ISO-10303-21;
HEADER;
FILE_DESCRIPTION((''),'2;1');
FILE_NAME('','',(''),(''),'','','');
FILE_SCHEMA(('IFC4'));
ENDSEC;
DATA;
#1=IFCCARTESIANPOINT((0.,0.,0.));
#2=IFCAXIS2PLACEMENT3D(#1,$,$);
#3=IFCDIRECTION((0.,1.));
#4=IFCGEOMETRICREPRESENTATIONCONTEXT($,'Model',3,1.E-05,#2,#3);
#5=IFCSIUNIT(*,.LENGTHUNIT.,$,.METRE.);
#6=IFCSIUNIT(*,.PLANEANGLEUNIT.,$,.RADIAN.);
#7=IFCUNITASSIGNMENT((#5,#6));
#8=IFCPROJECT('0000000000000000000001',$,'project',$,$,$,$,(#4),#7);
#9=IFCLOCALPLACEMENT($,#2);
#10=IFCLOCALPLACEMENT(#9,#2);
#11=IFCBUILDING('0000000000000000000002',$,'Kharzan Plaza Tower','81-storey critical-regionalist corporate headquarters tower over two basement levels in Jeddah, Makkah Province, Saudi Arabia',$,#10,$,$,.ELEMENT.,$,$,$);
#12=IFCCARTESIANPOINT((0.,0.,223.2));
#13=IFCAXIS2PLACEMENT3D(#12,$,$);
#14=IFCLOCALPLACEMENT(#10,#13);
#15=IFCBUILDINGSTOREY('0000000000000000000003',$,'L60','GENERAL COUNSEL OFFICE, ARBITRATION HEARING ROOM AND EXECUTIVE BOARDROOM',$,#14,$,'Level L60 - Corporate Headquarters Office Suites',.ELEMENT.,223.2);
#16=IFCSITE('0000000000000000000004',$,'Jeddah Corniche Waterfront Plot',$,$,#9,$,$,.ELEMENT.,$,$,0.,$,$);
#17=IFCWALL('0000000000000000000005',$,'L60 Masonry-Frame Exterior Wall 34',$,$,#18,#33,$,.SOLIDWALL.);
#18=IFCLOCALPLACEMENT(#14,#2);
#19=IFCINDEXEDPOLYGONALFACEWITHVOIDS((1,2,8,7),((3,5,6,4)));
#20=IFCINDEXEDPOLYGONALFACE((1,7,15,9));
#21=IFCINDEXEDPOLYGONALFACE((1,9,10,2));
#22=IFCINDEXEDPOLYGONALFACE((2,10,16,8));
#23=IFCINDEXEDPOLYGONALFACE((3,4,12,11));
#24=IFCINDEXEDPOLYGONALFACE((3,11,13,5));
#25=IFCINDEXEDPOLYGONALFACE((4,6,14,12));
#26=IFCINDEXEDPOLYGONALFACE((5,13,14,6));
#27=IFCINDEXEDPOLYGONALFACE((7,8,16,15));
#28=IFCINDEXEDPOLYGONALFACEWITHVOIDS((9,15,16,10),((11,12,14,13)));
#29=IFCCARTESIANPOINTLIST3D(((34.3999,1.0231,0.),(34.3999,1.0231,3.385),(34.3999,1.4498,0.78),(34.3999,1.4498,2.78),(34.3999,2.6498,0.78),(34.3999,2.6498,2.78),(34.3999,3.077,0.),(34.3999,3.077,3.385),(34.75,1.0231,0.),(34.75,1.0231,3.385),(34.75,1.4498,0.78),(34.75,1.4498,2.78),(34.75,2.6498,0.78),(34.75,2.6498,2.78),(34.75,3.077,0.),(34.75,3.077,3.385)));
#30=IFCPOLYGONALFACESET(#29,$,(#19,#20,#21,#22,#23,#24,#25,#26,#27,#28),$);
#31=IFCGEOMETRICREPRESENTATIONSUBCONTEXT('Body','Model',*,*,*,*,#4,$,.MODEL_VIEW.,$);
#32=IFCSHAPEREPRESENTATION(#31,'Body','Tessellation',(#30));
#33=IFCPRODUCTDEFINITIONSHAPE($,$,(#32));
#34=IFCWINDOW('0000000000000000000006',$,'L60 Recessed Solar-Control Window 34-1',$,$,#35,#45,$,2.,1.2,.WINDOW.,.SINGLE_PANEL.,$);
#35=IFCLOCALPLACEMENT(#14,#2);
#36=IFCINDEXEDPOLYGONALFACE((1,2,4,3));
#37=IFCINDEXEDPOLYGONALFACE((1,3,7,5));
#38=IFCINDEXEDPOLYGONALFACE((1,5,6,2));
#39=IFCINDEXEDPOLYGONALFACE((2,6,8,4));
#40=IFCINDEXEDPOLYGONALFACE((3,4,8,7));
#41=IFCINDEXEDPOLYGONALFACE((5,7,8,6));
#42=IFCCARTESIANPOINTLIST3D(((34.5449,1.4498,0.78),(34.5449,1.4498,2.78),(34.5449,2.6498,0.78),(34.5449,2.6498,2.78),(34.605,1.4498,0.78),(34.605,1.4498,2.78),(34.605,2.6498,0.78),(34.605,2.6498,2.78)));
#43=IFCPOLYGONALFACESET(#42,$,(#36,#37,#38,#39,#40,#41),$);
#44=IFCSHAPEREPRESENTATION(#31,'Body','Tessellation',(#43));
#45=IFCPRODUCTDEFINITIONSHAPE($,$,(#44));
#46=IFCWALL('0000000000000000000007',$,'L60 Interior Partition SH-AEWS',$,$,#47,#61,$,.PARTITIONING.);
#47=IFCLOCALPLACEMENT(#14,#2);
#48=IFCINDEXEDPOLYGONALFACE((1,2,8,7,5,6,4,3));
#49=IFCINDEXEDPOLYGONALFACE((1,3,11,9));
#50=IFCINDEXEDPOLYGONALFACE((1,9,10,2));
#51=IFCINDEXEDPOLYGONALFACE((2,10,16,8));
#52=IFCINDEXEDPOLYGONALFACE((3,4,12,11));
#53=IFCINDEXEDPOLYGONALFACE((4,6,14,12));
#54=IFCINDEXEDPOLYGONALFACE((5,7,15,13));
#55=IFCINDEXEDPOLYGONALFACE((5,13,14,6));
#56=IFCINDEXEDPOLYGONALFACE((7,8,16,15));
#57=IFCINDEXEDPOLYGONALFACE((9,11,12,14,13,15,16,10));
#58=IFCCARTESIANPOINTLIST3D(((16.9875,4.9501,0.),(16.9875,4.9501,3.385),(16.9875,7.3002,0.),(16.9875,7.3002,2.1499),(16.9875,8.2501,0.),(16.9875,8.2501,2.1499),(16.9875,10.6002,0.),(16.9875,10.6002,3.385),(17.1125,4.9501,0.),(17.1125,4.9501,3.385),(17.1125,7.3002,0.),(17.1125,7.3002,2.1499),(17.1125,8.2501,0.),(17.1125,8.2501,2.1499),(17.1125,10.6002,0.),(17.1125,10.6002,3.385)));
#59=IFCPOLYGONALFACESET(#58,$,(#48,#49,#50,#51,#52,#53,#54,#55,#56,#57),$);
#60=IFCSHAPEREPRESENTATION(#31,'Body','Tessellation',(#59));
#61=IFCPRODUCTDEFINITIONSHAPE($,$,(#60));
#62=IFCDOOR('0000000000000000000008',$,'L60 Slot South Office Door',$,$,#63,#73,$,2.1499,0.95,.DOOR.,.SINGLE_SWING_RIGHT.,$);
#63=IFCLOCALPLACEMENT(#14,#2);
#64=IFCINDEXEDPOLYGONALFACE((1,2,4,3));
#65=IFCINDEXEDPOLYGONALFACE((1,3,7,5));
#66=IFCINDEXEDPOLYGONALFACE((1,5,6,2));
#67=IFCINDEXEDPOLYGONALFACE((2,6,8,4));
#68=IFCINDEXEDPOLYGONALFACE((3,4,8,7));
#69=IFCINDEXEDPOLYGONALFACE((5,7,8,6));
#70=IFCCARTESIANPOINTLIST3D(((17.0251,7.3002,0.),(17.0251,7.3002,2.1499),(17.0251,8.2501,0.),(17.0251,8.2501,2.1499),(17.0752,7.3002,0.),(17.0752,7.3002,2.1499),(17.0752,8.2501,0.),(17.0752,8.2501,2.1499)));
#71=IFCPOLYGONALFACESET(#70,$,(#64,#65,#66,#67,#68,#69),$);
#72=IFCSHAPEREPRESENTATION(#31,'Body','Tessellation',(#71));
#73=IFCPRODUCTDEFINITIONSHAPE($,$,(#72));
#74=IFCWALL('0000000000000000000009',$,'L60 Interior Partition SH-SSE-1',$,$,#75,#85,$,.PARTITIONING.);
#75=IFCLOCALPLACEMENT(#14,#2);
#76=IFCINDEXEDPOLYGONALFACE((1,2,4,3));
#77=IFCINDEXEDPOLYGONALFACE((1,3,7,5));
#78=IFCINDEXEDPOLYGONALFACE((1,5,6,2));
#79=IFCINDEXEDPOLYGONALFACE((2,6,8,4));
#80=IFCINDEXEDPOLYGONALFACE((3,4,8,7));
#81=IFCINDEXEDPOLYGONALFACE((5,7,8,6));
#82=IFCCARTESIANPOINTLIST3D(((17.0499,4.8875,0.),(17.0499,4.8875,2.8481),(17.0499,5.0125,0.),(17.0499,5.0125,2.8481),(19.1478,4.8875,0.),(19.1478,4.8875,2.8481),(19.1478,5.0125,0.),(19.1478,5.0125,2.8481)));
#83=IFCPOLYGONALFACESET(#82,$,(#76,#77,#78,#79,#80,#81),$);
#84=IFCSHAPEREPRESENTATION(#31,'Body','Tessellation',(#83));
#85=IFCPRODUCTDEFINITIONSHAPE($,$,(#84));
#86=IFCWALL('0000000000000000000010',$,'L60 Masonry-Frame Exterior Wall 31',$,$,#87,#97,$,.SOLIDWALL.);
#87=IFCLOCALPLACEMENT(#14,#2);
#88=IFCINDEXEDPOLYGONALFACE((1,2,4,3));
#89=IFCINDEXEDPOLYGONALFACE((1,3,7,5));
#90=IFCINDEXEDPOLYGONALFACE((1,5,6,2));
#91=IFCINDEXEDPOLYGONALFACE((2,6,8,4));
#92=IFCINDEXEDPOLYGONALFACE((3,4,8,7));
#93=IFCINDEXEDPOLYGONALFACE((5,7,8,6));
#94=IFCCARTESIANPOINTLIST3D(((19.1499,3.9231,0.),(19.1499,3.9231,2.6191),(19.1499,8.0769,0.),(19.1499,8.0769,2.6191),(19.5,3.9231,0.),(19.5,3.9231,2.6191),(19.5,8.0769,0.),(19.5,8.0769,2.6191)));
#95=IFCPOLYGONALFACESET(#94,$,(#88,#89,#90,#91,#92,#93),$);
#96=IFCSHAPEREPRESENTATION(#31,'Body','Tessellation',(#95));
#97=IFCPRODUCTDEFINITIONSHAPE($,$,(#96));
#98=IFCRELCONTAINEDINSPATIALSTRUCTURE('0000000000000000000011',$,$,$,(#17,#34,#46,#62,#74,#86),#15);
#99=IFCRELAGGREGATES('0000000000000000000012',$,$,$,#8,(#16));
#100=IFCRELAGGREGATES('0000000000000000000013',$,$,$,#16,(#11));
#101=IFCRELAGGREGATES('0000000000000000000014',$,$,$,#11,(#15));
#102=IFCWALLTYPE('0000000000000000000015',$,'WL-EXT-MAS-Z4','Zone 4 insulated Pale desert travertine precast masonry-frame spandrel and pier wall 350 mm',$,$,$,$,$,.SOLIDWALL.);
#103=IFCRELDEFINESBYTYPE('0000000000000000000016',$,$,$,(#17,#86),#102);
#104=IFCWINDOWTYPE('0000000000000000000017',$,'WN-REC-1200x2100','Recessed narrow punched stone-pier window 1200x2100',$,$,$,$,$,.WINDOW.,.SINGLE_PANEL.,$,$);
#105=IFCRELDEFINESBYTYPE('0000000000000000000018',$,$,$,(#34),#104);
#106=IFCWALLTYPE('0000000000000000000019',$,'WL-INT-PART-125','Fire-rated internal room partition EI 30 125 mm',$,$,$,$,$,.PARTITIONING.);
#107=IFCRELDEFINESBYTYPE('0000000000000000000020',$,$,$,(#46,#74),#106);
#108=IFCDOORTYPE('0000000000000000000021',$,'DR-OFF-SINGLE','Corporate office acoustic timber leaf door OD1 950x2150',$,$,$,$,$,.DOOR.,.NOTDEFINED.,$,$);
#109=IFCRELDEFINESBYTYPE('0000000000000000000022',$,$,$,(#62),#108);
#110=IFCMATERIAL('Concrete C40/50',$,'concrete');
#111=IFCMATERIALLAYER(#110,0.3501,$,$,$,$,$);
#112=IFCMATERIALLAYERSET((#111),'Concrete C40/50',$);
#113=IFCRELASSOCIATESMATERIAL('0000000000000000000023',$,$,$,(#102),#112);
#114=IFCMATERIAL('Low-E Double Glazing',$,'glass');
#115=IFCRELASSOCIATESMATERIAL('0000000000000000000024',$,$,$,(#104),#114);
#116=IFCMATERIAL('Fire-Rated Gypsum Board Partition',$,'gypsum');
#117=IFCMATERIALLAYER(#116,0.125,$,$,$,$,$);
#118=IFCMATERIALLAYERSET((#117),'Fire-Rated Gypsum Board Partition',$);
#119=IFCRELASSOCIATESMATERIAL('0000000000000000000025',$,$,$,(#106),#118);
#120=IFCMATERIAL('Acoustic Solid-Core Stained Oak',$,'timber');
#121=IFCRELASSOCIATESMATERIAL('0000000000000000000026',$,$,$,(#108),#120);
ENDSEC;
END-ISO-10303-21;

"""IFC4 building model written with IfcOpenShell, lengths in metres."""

from ifc_helpers import new_model, si_unit, direction, frame, frame_2d, origin, place, context, subcontext, project, spatial, rectangle, extrude, source, transform, mapped, material, layer, layer_set, type_object, element, fill, save


model = new_model("IFC4")

# Units and contexts
model_context = context("Model", 3, precision=1e-05, world=origin(), true_north=direction((0.0, 1.0)))
body_context = subcontext(model_context, "Body", "Model", "MODEL_VIEW")
ifc_project = project(units=[si_unit("LENGTHUNIT", "METRE"), si_unit("PLANEANGLEUNIT", "RADIAN")], contexts=[model_context])

# Site, building, storey
site_placement = place(None, origin())
site = spatial("IfcSite", under=ifc_project, at=site_placement, Name="Jeddah Corniche Waterfront Plot", CompositionType="ELEMENT", RefElevation=0.0)
building_placement = place(site_placement, origin())
building = spatial("IfcBuilding", under=site, at=building_placement, Name="Kharzan Plaza Tower", Description="81-storey critical-regionalist corporate headquarters tower over two basement levels in Jeddah, Makkah Province, Saudi Arabia", CompositionType="ELEMENT")
storey_placement = place(building_placement, frame((0.0, 0.0, 223.2)))
storey = spatial("IfcBuildingStorey", under=building, at=storey_placement, Name="L60", Description="GENERAL COUNSEL OFFICE, ARBITRATION HEARING ROOM AND EXECUTIVE BOARDROOM", LongName="Level L60 - Corporate Headquarters Office Suites", CompositionType="ELEMENT", Elevation=223.2)

# Shared definitions
ifc_material_1 = material(Name="Concrete C40/50", Category="concrete")
ifc_layer_1 = layer(ifc_material_1, 0.3501)
ifc_layer_set_1 = layer_set([ifc_layer_1], Name="Concrete C40/50")
wall_type_1 = type_object("IfcWallType", Name="WL-EXT-MAS-Z4", Description="Zone 4 insulated Pale desert travertine precast masonry-frame spandrel and pier wall 350 mm", PredefinedType="SOLIDWALL", material=ifc_layer_set_1)
ifc_material_2 = material(Name="Low-E Double Glazing", Category="glass")
window_type_1 = type_object("IfcWindowType", Name="WN-REC-1200x2100", Description="Recessed narrow punched stone-pier window 1200x2100", PartitioningType="SINGLE_PANEL", PredefinedType="WINDOW", material=ifc_material_2)

# Wall, opening, window
wall_1_placement = place(storey_placement, frame((34.575, 3.0769, 0.0), z_axis=(0.0, 0.0, 1.0), x_axis=(0.0, -1.0, 0.0)))
wall_1 = element("IfcWall", 1, at=wall_1_placement, inside=storey, type_object=wall_type_1, Name="L60 Masonry-Frame Exterior Wall 34", PredefinedType="SOLIDWALL", context=body_context, shape_type="SweptSolid", body=[
    extrude(rectangle(XDim=2.054, YDim=0.3501, at=frame_2d((1.0269, 0.0))), origin(), (0.0, 0.0, 1.0), 3.385),
])
opening_1_placement = place(wall_1_placement, frame((0.427, 0.0, 0.78)))
opening_1 = element("IfcOpeningElement", 2, at=opening_1_placement, cuts=wall_1, PredefinedType="OPENING", context=body_context, shape_type="SweptSolid", body=[
    extrude(rectangle(XDim=1.2, YDim=2.0, at=frame_2d((0.6001, 1.0))), frame((0.0, 0.1851, 0.0), z_axis=(0.0, -1.0, 0.0), x_axis=(1.0, 0.0, 0.0)), (0.0, 0.0, 1.0), 0.3701),
])
shared_shape_1 = source(origin(), body_context, "Body", "SweptSolid", [
    extrude(rectangle(XDim=1.2, YDim=2.0, at=frame_2d((0.6001, 1.0))), frame((0.0, 0.03, 0.0), z_axis=(0.0, -1.0, 0.0), x_axis=(1.0, 0.0, 0.0)), (0.0, 0.0, 1.0), 0.0601),
])
window_1_placement = place(opening_1_placement, origin())
window_1 = element("IfcWindow", 3, at=window_1_placement, inside=storey, type_object=window_type_1, Name="L60 Recessed Solar-Control Window 34-1", OverallHeight=2.0, OverallWidth=1.2, PartitioningType="SINGLE_PANEL", PredefinedType="WINDOW", context=body_context, shape_type="MappedRepresentation", body=[
    mapped(shared_shape_1, transform((0.0, 0.0, 0.0), x_axis=(1.0, 0.0, 0.0), y_axis=(0.0, 1.0, 0.0), z_axis=(0.0, 0.0, 1.0))),
])
fill(opening_1, window_1)

# Wall, opening, door
ifc_material_3 = material(Name="Fire-Rated Gypsum Board Partition", Category="gypsum")
ifc_layer_2 = layer(ifc_material_3, 0.125)
ifc_layer_set_2 = layer_set([ifc_layer_2], Name="Fire-Rated Gypsum Board Partition")
wall_type_2 = type_object("IfcWallType", Name="WL-INT-PART-125", Description="Fire-rated internal room partition EI 30 125 mm", PredefinedType="PARTITIONING", material=ifc_layer_set_2)
wall_2_placement = place(storey_placement, frame((17.05, 4.95, 0.0), z_axis=(0.0, 0.0, 1.0), x_axis=(0.0, 1.0, 0.0)))
wall_2 = element("IfcWall", 4, at=wall_2_placement, inside=storey, type_object=wall_type_2, Name="L60 Interior Partition SH-AEWS", PredefinedType="PARTITIONING", context=body_context, shape_type="SweptSolid", body=[
    extrude(rectangle(XDim=5.6501, YDim=0.125, at=frame_2d((2.8252, 0.0))), origin(), (0.0, 0.0, 1.0), 3.385),
])
opening_2_placement = place(wall_2_placement, frame((2.3501, 0.0, 0.0)))
opening_2 = element("IfcOpeningElement", 5, at=opening_2_placement, cuts=wall_2, PredefinedType="OPENING", context=body_context, shape_type="SweptSolid", body=[
    extrude(rectangle(XDim=0.95, YDim=2.1499, at=frame_2d((0.4751, 1.075))), frame((0.0, 0.0725, 0.0), z_axis=(0.0, -1.0, 0.0), x_axis=(1.0, 0.0, 0.0)), (0.0, 0.0, 1.0), 0.145),
])
ifc_material_4 = material(Name="Acoustic Solid-Core Stained Oak", Category="timber")
door_type = type_object("IfcDoorType", Name="DR-OFF-SINGLE", Description="Corporate office acoustic timber leaf door OD1 950x2150", OperationType="NOTDEFINED", PredefinedType="DOOR", material=ifc_material_4)
shared_shape_2 = source(origin(), body_context, "Body", "SweptSolid", [
    extrude(rectangle(XDim=0.95, YDim=2.1499, at=frame_2d((0.4751, 1.075))), frame((0.0, 0.0249, 0.0), z_axis=(0.0, -1.0, 0.0), x_axis=(1.0, 0.0, 0.0)), (0.0, 0.0, 1.0), 0.05),
])
door_placement = place(opening_2_placement, origin())
door = element("IfcDoor", 6, at=door_placement, inside=storey, type_object=door_type, Name="L60 Slot South Office Door", OperationType="SINGLE_SWING_RIGHT", OverallHeight=2.1499, OverallWidth=0.95, PredefinedType="DOOR", context=body_context, shape_type="MappedRepresentation", body=[
    mapped(shared_shape_2, transform((0.0, 0.0, 0.0), x_axis=(1.0, 0.0, 0.0), y_axis=(0.0, 1.0, 0.0), z_axis=(0.0, 0.0, 1.0))),
])
fill(opening_2, door)

# Walls
shared_shape_3 = source(origin(), body_context, "Body", "SweptSolid", [
    extrude(rectangle(XDim=2.0979, YDim=0.125, at=frame_2d((1.0488, 0.0))), origin(), (0.0, 0.0, 1.0), 2.8481),
])
wall_3_placement = place(storey_placement, frame((17.05, 4.95, 0.0), z_axis=(0.0, 0.0, 1.0), x_axis=(1.0, 0.0, 0.0)))
element("IfcWall", 7, at=wall_3_placement, inside=storey, type_object=wall_type_2, Name="L60 Interior Partition SH-SSE-1", PredefinedType="PARTITIONING", context=body_context, shape_type="MappedRepresentation", body=[
    mapped(shared_shape_3, transform((0.0, 0.0, 0.0), x_axis=(1.0, 0.0, 0.0), y_axis=(0.0, 1.0, 0.0), z_axis=(0.0, 0.0, 1.0))),
])
shared_shape_4 = source(origin(), body_context, "Body", "SweptSolid", [
    extrude(rectangle(XDim=4.1538, YDim=0.3501, at=frame_2d((2.0769, 0.0))), origin(), (0.0, 0.0, 1.0), 2.6191),
])
wall_4_placement = place(storey_placement, frame((19.325, 3.9231, 0.0), z_axis=(0.0, 0.0, 1.0), x_axis=(0.0, 1.0, 0.0)))
element("IfcWall", 8, at=wall_4_placement, inside=storey, type_object=wall_type_1, Name="L60 Masonry-Frame Exterior Wall 31", PredefinedType="SOLIDWALL", context=body_context, shape_type="MappedRepresentation", body=[
    mapped(shared_shape_4, transform((0.0, 0.0, 0.0), x_axis=(1.0, 0.0, 0.0), y_axis=(0.0, 1.0, 0.0), z_axis=(0.0, 0.0, 1.0))),
])

save(model, "model.ifc")
